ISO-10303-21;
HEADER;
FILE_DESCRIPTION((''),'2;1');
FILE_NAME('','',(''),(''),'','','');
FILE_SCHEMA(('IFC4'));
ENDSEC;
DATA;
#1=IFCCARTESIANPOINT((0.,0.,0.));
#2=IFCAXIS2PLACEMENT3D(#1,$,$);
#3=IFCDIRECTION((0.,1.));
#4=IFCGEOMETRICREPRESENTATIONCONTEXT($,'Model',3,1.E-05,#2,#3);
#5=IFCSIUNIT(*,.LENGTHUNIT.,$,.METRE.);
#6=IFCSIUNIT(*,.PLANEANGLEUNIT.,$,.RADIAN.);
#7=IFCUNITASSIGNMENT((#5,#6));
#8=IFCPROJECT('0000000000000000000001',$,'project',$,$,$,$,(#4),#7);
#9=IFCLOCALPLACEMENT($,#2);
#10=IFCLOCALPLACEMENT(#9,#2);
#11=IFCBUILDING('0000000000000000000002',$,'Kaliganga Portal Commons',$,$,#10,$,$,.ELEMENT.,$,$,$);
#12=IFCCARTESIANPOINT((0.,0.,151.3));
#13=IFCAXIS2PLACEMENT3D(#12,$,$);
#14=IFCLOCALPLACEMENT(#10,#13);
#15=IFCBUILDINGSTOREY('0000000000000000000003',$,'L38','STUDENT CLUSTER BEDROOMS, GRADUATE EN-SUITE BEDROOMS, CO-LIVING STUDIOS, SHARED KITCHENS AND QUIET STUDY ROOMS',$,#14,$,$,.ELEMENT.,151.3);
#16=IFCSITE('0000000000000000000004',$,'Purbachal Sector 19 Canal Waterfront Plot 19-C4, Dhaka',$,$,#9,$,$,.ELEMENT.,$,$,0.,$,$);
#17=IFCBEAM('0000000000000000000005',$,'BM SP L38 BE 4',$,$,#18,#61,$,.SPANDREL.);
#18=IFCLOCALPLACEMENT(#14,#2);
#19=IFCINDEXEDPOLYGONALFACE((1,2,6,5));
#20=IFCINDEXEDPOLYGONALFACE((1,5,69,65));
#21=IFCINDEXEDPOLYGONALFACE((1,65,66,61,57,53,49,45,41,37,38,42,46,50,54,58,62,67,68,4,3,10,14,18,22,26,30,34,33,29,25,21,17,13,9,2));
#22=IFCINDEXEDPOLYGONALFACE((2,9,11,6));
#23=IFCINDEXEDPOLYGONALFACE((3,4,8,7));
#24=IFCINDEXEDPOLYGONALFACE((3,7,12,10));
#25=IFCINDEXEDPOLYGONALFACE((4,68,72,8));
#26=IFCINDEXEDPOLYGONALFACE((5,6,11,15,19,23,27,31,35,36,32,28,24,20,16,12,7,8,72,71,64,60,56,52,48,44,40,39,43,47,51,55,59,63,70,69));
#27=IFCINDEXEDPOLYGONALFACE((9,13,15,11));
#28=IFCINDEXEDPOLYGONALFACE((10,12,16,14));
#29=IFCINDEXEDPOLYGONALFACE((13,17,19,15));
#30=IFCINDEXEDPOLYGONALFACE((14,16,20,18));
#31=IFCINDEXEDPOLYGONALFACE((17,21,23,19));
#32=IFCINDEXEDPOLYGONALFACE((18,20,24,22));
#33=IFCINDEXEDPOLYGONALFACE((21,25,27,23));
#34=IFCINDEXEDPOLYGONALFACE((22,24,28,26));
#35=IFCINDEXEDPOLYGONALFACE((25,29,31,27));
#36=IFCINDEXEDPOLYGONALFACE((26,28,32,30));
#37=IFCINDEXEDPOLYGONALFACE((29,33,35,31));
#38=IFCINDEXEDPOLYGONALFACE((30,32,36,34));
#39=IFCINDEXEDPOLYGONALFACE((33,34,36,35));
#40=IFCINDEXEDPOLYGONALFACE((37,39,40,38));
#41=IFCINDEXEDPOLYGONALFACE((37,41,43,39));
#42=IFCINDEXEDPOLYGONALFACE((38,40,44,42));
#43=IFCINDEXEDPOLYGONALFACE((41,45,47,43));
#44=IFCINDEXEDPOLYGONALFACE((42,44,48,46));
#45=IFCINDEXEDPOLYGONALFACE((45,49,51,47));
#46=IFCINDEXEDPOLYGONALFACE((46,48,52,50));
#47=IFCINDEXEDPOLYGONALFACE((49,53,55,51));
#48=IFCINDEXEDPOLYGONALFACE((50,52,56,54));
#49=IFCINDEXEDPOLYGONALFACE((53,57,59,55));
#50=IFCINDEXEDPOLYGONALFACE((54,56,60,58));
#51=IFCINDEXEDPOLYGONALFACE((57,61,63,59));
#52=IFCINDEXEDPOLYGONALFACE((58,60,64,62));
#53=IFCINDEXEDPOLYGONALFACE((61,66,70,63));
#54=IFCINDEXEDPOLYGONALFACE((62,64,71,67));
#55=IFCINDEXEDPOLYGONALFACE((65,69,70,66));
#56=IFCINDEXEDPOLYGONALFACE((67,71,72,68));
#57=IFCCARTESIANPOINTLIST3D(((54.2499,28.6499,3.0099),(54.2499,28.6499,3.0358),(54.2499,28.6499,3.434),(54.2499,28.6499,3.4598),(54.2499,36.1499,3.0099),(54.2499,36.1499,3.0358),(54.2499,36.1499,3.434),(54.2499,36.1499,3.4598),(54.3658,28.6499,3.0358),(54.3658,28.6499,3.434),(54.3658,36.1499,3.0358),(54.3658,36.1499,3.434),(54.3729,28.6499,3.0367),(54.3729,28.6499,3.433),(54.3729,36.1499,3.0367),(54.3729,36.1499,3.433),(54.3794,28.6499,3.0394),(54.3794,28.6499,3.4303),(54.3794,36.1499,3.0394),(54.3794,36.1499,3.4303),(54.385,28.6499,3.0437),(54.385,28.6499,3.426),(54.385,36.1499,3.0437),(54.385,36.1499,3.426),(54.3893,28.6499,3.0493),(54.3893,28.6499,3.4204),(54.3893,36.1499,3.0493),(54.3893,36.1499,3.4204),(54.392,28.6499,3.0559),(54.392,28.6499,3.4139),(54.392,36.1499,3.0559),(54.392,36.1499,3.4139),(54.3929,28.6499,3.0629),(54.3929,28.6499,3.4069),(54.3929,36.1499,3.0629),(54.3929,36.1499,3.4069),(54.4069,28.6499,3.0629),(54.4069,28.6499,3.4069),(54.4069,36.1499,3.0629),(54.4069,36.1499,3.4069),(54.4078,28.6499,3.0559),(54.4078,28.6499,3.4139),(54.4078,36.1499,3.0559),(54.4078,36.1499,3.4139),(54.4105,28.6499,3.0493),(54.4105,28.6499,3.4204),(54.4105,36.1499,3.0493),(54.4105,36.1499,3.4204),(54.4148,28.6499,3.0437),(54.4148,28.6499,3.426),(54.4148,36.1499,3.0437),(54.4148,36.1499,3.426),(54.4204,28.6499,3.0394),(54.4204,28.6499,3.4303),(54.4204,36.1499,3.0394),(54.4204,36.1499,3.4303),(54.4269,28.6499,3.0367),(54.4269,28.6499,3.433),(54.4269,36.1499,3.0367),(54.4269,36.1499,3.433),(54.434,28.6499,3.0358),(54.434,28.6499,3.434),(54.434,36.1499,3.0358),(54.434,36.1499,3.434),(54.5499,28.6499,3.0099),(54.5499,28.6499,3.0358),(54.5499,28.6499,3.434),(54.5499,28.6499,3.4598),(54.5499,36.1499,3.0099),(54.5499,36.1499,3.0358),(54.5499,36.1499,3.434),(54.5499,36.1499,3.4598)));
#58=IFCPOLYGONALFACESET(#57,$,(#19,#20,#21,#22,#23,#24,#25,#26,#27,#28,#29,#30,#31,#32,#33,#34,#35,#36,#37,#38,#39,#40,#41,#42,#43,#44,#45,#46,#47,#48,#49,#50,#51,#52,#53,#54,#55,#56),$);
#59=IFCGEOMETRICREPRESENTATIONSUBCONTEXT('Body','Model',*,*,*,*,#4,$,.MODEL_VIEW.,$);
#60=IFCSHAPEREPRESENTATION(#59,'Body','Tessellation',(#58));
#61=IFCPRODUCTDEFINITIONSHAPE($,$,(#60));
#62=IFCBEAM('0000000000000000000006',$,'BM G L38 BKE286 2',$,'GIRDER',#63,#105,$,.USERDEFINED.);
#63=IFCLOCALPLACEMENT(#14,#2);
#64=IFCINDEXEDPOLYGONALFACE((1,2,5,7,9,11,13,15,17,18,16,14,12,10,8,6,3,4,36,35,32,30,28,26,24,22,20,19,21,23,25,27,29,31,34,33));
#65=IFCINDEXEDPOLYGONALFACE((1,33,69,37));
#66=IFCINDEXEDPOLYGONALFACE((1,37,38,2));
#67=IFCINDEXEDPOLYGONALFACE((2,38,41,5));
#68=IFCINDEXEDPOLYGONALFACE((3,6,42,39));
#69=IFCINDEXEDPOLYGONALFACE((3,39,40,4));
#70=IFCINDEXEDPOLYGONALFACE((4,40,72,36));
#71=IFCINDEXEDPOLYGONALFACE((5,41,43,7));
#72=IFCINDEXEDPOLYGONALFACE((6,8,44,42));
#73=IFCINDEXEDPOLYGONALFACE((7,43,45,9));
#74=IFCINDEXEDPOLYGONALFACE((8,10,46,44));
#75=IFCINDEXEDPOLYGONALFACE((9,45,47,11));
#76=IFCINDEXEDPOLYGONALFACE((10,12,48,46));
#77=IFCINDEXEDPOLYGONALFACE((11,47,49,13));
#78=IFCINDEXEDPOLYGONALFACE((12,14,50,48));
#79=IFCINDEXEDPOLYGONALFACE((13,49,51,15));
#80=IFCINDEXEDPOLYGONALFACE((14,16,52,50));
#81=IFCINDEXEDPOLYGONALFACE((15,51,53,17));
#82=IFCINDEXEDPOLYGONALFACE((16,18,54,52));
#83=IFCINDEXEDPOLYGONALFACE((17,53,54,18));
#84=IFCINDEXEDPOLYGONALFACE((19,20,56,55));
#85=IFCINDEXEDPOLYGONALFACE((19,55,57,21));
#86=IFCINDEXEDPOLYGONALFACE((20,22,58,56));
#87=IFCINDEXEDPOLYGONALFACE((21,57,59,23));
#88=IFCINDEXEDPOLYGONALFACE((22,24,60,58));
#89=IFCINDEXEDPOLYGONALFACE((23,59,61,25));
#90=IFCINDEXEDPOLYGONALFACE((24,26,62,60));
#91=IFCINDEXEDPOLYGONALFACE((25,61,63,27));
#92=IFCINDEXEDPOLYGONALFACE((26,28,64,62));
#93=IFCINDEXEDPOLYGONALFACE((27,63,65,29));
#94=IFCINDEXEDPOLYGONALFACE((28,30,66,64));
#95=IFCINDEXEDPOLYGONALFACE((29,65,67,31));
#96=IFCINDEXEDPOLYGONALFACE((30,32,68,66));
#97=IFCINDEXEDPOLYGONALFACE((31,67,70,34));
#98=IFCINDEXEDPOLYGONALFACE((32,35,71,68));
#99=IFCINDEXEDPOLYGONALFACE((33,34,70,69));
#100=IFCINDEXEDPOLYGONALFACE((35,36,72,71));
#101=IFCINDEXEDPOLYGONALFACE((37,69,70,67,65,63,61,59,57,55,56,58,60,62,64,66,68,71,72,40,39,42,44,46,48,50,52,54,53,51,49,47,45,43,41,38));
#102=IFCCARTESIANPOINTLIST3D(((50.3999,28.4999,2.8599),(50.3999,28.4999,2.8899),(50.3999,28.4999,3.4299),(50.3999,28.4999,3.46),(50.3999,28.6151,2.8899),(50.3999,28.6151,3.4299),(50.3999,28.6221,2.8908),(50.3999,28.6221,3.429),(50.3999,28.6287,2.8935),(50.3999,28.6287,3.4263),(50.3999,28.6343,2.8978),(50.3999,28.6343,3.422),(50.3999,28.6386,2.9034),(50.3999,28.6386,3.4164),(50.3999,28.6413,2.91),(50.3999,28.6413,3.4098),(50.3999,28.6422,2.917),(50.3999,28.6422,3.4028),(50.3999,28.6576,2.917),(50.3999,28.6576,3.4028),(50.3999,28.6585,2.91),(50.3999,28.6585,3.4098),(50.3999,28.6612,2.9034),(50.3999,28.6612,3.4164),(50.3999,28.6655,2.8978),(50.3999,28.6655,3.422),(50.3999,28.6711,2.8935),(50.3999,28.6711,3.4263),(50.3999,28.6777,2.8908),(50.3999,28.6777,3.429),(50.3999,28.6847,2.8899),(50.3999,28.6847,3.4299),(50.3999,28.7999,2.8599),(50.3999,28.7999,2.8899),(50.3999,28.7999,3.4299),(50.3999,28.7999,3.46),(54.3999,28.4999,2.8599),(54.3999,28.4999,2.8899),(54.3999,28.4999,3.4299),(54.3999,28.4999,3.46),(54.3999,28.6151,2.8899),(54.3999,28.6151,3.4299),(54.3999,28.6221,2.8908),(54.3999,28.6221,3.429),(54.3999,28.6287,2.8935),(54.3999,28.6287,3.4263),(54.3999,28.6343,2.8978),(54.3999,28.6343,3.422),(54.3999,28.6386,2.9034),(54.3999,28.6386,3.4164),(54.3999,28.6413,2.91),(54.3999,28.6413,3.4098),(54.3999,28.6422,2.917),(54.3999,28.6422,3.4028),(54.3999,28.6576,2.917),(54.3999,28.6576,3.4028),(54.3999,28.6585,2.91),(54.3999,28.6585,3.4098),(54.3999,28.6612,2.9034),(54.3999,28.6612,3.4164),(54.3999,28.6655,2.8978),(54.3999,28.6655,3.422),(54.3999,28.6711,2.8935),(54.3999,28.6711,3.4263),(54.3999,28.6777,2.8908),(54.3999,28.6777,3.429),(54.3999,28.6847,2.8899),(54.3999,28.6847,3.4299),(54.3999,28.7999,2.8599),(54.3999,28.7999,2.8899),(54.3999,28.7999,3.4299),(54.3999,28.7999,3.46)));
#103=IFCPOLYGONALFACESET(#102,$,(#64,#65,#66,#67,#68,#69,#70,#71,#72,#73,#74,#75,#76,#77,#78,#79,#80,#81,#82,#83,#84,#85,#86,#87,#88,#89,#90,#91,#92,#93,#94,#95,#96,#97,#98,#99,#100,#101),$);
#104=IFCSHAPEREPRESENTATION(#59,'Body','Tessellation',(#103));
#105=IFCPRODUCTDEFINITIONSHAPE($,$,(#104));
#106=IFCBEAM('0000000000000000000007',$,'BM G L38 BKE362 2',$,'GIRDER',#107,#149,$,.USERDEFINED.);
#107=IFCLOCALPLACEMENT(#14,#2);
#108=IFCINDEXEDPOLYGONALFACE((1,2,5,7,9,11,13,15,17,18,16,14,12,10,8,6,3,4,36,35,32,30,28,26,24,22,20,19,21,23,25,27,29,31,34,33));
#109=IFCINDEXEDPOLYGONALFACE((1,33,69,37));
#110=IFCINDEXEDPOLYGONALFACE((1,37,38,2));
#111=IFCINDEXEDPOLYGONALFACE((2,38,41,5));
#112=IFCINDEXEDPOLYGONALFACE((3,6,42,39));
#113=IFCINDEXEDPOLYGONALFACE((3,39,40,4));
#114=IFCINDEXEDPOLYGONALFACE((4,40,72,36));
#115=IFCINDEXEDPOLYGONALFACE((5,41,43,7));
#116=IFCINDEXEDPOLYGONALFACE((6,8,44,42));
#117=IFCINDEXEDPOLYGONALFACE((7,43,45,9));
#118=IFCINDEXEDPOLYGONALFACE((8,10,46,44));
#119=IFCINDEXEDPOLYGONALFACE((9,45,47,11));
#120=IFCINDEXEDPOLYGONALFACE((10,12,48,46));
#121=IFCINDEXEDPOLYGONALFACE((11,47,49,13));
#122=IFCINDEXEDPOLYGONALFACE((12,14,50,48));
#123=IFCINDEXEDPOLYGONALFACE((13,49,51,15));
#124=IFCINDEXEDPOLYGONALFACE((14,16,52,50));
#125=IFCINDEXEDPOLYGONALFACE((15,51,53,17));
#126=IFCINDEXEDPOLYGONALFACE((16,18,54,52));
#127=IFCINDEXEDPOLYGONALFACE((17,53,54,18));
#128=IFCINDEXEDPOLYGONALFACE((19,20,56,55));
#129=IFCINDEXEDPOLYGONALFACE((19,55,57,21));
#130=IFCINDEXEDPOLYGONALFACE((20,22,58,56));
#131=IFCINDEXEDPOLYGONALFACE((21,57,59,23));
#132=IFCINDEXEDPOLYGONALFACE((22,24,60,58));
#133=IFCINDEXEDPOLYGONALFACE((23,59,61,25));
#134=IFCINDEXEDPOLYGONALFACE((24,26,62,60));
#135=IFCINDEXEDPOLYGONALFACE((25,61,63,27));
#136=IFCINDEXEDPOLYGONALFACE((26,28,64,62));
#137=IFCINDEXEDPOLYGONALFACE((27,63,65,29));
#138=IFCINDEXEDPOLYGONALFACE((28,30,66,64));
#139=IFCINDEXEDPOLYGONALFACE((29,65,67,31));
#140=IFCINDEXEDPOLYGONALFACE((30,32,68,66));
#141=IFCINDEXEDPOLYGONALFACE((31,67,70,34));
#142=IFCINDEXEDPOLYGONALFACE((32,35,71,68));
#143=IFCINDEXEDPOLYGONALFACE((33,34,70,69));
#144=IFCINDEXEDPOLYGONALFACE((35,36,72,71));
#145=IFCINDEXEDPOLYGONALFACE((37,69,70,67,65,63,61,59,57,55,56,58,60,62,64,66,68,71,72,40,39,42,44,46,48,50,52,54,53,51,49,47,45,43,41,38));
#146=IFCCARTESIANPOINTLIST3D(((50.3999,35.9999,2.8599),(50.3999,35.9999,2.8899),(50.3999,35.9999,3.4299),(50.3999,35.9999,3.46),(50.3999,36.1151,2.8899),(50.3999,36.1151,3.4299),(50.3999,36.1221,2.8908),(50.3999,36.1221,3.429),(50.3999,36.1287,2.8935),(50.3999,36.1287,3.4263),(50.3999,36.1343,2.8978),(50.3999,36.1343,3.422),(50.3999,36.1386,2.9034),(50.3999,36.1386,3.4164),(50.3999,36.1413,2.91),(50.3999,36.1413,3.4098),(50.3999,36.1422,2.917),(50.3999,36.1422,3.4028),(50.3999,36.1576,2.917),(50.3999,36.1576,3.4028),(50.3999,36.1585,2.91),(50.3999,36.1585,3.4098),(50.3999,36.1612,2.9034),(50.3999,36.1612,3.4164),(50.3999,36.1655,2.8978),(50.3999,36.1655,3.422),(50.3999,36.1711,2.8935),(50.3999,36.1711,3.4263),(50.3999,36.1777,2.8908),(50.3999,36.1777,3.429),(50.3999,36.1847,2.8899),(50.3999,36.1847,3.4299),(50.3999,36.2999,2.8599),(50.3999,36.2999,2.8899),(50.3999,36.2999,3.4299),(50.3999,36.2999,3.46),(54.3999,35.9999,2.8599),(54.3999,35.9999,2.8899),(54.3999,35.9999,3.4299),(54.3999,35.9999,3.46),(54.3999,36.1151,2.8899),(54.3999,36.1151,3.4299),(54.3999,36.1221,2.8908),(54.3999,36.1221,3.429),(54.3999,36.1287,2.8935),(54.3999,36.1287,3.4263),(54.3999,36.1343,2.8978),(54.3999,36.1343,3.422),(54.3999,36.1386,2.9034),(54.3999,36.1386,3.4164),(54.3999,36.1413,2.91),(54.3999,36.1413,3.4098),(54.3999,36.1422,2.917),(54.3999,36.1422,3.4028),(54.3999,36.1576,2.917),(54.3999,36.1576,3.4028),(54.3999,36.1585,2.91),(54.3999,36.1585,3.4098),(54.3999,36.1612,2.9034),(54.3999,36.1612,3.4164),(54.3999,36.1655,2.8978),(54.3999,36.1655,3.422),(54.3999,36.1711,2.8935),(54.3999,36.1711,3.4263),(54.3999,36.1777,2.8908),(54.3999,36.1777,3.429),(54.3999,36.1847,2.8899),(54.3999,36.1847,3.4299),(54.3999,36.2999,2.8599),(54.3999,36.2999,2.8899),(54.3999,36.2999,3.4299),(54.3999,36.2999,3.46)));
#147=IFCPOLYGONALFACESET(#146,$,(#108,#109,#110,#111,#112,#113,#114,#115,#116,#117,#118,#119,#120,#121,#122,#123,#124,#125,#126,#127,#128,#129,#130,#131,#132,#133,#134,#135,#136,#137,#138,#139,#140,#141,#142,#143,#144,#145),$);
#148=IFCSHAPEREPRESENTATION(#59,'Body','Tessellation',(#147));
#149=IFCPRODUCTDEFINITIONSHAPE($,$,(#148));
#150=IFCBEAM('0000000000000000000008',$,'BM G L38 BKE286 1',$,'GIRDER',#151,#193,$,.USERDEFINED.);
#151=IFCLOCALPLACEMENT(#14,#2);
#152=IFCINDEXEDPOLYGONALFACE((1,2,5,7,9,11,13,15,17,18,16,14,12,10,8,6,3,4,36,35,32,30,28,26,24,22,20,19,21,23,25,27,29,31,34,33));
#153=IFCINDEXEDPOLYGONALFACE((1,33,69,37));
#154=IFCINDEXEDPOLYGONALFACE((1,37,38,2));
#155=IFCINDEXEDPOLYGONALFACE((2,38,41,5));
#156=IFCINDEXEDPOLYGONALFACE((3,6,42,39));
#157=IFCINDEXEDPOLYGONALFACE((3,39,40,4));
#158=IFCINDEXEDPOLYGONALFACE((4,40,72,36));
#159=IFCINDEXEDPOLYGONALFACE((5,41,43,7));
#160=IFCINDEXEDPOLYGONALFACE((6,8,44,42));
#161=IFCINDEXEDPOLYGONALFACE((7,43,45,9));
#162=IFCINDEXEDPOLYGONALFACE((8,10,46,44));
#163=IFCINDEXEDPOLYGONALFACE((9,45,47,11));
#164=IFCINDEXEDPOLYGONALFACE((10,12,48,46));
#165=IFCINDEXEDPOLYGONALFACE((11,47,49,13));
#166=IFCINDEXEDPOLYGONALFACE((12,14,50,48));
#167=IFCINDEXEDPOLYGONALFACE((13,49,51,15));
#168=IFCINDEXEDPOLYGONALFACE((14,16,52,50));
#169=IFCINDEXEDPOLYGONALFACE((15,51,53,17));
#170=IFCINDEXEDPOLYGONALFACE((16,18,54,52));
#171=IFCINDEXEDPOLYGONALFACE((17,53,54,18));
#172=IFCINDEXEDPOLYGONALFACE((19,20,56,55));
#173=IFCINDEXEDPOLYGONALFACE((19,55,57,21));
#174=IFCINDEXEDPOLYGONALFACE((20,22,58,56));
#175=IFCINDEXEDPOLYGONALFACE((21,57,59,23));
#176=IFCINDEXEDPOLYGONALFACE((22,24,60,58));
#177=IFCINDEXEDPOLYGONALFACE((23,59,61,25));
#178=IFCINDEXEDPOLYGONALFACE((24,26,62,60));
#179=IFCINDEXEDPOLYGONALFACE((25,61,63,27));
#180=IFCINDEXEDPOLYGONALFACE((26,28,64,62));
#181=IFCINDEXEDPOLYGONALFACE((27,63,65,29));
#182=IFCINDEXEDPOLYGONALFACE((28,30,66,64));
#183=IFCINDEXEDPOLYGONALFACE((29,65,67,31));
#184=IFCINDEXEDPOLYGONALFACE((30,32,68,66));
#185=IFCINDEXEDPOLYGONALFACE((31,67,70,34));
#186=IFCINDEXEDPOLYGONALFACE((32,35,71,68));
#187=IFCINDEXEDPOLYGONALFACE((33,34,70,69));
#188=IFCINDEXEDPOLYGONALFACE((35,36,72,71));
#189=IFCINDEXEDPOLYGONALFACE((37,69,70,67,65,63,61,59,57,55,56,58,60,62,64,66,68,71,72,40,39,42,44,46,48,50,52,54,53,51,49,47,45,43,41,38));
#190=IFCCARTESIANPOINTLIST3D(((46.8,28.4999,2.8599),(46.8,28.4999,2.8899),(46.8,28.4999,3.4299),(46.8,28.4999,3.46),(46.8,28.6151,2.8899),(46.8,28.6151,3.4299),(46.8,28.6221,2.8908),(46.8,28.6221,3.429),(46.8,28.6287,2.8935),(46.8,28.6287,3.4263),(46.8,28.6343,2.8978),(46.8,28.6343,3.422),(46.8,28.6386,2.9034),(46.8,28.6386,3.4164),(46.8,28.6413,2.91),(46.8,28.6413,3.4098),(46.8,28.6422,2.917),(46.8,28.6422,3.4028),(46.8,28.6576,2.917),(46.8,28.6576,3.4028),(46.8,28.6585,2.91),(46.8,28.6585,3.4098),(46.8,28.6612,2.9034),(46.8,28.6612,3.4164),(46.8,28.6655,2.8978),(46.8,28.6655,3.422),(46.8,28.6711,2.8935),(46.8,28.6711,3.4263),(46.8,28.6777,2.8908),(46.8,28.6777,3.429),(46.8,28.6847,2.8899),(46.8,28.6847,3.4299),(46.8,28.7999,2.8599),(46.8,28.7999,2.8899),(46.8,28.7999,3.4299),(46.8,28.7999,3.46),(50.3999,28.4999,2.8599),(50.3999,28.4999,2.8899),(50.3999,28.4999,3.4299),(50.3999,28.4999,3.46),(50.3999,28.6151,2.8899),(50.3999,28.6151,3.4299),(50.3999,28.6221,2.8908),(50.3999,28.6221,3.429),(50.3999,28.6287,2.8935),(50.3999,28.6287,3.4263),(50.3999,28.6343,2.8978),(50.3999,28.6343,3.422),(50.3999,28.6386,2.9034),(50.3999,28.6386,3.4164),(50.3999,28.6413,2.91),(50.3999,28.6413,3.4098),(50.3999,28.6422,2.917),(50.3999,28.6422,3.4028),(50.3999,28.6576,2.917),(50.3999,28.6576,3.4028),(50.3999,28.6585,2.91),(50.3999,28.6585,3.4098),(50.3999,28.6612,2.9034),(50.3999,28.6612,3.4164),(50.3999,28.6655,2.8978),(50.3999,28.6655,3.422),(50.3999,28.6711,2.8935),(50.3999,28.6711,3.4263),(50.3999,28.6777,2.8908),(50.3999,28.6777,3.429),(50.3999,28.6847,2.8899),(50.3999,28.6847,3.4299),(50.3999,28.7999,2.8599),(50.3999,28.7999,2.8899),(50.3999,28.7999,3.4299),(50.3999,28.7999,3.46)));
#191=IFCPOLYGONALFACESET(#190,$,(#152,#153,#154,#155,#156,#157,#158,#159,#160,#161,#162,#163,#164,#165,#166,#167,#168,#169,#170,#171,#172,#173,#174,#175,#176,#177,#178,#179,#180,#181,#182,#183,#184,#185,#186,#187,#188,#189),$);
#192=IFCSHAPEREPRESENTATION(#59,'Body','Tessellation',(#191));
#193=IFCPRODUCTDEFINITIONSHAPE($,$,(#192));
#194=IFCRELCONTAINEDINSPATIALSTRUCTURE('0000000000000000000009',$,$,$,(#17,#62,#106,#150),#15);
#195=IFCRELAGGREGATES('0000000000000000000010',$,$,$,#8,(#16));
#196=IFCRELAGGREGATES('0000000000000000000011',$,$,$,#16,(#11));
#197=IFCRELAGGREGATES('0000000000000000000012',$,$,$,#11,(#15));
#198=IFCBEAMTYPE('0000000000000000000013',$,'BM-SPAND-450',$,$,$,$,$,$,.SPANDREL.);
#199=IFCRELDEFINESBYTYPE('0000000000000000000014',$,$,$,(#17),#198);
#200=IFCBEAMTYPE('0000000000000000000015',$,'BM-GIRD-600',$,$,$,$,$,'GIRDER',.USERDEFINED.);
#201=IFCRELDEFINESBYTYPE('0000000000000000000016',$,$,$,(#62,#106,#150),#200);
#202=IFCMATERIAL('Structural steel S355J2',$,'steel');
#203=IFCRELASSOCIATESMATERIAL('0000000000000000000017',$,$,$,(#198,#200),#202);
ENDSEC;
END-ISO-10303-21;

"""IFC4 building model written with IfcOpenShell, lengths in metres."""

from ifc_helpers import new_model, si_unit, direction, frame, origin, origin_2d, place, context, subcontext, project, spatial, i_section, extrude, source, transform, mapped, material, material_profile, profile_set, type_object, element, save


model = new_model("IFC4")

# Units and contexts
model_context = context("Model", 3, precision=1e-05, world=origin(), true_north=direction((0.0, 1.0)))
body_context = subcontext(model_context, "Body", "Model", "MODEL_VIEW")
ifc_project = project(units=[si_unit("LENGTHUNIT", "METRE"), si_unit("PLANEANGLEUNIT", "RADIAN")], contexts=[model_context])

# Site, building, storey
site_placement = place(None, origin())
site = spatial("IfcSite", under=ifc_project, at=site_placement, Name="Purbachal Sector 19 Canal Waterfront Plot 19-C4, Dhaka", CompositionType="ELEMENT", RefElevation=0.0)
building_placement = place(site_placement, origin())
building = spatial("IfcBuilding", under=site, at=building_placement, Name="Kaliganga Portal Commons", CompositionType="ELEMENT")
storey_placement = place(building_placement, frame((0.0, 0.0, 151.3)))
storey = spatial("IfcBuildingStorey", under=building, at=storey_placement, Name="L38", Description="STUDENT CLUSTER BEDROOMS, GRADUATE EN-SUITE BEDROOMS, CO-LIVING STUDIOS, SHARED KITCHENS AND QUIET STUDY ROOMS", CompositionType="ELEMENT", Elevation=151.3)

# Beams
ifc_material_1 = material(Name="Structural steel S355J2", Category="steel")
ifc_material_profile_1 = material_profile(ifc_material_1, i_section(OverallWidth=0.3, OverallDepth=0.45, WebThickness=0.0139, FlangeThickness=0.0259, FilletRadius=0.0271, at=origin_2d()), Name="HE 450 B")
ifc_profile_set_1 = profile_set([ifc_material_profile_1], Name="Structural steel S355J2 wide-flange")
beam_type_1 = type_object("IfcBeamType", Name="BM-SPAND-450", PredefinedType="SPANDREL", material=ifc_profile_set_1)
shared_shape_1 = source(origin(), body_context, "Body", "SweptSolid", [
    extrude(i_section(OverallWidth=0.3, OverallDepth=0.45, WebThickness=0.0139, FlangeThickness=0.0259, FilletRadius=0.0271, at=origin_2d()), origin(), (0.0, 0.0, 1.0), 7.5),
])
beam_1_placement = place(storey_placement, frame((54.3999, 28.6499, 3.2349), z_axis=(0.0, 1.0, 0.0), x_axis=(-1.0, 0.0, 0.0)))
element("IfcBeam", 1, at=beam_1_placement, inside=storey, type_object=beam_type_1, Name="BM SP L38 BE 4", PredefinedType="SPANDREL", context=body_context, shape_type="MappedRepresentation", body=[
    mapped(shared_shape_1, transform((0.0, 0.0, 0.0), x_axis=(1.0, 0.0, 0.0), y_axis=(0.0, 1.0, 0.0), z_axis=(0.0, 0.0, 1.0), scale=1.0)),
])
ifc_material_profile_2 = material_profile(ifc_material_1, i_section(OverallWidth=0.3, OverallDepth=0.6001, WebThickness=0.0154, FlangeThickness=0.03, FilletRadius=0.0271, at=origin_2d()), Name="HE 600 B")
ifc_profile_set_2 = profile_set([ifc_material_profile_2], Name="Structural steel S355J2 wide-flange")
beam_type_2 = type_object("IfcBeamType", Name="BM-GIRD-600", ElementType="GIRDER", PredefinedType="USERDEFINED", material=ifc_profile_set_2)
shared_shape_2 = source(origin(), body_context, "Body", "SweptSolid", [
    extrude(i_section(OverallWidth=0.3, OverallDepth=0.6001, WebThickness=0.0154, FlangeThickness=0.03, FilletRadius=0.0271, at=origin_2d()), origin(), (0.0, 0.0, 1.0), 4.0),
])
for number, where, z_axis, x_axis, name in (
    (2, (50.3999, 28.6499, 3.1599), (1.0, 0.0, 0.0), (0.0, 1.0, 0.0), "BM G L38 BKE286 2"),
    (3, (50.3999, 36.1499, 3.1599), (1.0, 0.0, 0.0), (0.0, 1.0, 0.0), "BM G L38 BKE362 2"),
):
    element("IfcBeam", number, at=place(storey_placement, frame(where, z_axis=z_axis, x_axis=x_axis)), inside=storey, type_object=beam_type_2, Name=name, ObjectType="GIRDER", PredefinedType="USERDEFINED", context=body_context, shape_type="MappedRepresentation", body=[
        mapped(shared_shape_2, transform((0.0, 0.0, 0.0), x_axis=(1.0, 0.0, 0.0), y_axis=(0.0, 1.0, 0.0), z_axis=(0.0, 0.0, 1.0), scale=1.0)),
    ])
shared_shape_3 = source(origin(), body_context, "Body", "SweptSolid", [
    extrude(i_section(OverallWidth=0.3, OverallDepth=0.6001, WebThickness=0.0154, FlangeThickness=0.03, FilletRadius=0.0271, at=origin_2d()), origin(), (0.0, 0.0, 1.0), 3.5999),
])
for number, where, z_axis, x_axis, name in (
    (4, (46.8, 28.6499, 3.1599), (1.0, 0.0, 0.0), (0.0, 1.0, 0.0), "BM G L38 BKE286 1"),
):
    element("IfcBeam", number, at=place(storey_placement, frame(where, z_axis=z_axis, x_axis=x_axis)), inside=storey, type_object=beam_type_2, Name=name, ObjectType="GIRDER", PredefinedType="USERDEFINED", context=body_context, shape_type="MappedRepresentation", body=[
        mapped(shared_shape_3, transform((0.0, 0.0, 0.0), x_axis=(1.0, 0.0, 0.0), y_axis=(0.0, 1.0, 0.0), z_axis=(0.0, 0.0, 1.0), scale=1.0)),
    ])

save(model, "model.ifc")
